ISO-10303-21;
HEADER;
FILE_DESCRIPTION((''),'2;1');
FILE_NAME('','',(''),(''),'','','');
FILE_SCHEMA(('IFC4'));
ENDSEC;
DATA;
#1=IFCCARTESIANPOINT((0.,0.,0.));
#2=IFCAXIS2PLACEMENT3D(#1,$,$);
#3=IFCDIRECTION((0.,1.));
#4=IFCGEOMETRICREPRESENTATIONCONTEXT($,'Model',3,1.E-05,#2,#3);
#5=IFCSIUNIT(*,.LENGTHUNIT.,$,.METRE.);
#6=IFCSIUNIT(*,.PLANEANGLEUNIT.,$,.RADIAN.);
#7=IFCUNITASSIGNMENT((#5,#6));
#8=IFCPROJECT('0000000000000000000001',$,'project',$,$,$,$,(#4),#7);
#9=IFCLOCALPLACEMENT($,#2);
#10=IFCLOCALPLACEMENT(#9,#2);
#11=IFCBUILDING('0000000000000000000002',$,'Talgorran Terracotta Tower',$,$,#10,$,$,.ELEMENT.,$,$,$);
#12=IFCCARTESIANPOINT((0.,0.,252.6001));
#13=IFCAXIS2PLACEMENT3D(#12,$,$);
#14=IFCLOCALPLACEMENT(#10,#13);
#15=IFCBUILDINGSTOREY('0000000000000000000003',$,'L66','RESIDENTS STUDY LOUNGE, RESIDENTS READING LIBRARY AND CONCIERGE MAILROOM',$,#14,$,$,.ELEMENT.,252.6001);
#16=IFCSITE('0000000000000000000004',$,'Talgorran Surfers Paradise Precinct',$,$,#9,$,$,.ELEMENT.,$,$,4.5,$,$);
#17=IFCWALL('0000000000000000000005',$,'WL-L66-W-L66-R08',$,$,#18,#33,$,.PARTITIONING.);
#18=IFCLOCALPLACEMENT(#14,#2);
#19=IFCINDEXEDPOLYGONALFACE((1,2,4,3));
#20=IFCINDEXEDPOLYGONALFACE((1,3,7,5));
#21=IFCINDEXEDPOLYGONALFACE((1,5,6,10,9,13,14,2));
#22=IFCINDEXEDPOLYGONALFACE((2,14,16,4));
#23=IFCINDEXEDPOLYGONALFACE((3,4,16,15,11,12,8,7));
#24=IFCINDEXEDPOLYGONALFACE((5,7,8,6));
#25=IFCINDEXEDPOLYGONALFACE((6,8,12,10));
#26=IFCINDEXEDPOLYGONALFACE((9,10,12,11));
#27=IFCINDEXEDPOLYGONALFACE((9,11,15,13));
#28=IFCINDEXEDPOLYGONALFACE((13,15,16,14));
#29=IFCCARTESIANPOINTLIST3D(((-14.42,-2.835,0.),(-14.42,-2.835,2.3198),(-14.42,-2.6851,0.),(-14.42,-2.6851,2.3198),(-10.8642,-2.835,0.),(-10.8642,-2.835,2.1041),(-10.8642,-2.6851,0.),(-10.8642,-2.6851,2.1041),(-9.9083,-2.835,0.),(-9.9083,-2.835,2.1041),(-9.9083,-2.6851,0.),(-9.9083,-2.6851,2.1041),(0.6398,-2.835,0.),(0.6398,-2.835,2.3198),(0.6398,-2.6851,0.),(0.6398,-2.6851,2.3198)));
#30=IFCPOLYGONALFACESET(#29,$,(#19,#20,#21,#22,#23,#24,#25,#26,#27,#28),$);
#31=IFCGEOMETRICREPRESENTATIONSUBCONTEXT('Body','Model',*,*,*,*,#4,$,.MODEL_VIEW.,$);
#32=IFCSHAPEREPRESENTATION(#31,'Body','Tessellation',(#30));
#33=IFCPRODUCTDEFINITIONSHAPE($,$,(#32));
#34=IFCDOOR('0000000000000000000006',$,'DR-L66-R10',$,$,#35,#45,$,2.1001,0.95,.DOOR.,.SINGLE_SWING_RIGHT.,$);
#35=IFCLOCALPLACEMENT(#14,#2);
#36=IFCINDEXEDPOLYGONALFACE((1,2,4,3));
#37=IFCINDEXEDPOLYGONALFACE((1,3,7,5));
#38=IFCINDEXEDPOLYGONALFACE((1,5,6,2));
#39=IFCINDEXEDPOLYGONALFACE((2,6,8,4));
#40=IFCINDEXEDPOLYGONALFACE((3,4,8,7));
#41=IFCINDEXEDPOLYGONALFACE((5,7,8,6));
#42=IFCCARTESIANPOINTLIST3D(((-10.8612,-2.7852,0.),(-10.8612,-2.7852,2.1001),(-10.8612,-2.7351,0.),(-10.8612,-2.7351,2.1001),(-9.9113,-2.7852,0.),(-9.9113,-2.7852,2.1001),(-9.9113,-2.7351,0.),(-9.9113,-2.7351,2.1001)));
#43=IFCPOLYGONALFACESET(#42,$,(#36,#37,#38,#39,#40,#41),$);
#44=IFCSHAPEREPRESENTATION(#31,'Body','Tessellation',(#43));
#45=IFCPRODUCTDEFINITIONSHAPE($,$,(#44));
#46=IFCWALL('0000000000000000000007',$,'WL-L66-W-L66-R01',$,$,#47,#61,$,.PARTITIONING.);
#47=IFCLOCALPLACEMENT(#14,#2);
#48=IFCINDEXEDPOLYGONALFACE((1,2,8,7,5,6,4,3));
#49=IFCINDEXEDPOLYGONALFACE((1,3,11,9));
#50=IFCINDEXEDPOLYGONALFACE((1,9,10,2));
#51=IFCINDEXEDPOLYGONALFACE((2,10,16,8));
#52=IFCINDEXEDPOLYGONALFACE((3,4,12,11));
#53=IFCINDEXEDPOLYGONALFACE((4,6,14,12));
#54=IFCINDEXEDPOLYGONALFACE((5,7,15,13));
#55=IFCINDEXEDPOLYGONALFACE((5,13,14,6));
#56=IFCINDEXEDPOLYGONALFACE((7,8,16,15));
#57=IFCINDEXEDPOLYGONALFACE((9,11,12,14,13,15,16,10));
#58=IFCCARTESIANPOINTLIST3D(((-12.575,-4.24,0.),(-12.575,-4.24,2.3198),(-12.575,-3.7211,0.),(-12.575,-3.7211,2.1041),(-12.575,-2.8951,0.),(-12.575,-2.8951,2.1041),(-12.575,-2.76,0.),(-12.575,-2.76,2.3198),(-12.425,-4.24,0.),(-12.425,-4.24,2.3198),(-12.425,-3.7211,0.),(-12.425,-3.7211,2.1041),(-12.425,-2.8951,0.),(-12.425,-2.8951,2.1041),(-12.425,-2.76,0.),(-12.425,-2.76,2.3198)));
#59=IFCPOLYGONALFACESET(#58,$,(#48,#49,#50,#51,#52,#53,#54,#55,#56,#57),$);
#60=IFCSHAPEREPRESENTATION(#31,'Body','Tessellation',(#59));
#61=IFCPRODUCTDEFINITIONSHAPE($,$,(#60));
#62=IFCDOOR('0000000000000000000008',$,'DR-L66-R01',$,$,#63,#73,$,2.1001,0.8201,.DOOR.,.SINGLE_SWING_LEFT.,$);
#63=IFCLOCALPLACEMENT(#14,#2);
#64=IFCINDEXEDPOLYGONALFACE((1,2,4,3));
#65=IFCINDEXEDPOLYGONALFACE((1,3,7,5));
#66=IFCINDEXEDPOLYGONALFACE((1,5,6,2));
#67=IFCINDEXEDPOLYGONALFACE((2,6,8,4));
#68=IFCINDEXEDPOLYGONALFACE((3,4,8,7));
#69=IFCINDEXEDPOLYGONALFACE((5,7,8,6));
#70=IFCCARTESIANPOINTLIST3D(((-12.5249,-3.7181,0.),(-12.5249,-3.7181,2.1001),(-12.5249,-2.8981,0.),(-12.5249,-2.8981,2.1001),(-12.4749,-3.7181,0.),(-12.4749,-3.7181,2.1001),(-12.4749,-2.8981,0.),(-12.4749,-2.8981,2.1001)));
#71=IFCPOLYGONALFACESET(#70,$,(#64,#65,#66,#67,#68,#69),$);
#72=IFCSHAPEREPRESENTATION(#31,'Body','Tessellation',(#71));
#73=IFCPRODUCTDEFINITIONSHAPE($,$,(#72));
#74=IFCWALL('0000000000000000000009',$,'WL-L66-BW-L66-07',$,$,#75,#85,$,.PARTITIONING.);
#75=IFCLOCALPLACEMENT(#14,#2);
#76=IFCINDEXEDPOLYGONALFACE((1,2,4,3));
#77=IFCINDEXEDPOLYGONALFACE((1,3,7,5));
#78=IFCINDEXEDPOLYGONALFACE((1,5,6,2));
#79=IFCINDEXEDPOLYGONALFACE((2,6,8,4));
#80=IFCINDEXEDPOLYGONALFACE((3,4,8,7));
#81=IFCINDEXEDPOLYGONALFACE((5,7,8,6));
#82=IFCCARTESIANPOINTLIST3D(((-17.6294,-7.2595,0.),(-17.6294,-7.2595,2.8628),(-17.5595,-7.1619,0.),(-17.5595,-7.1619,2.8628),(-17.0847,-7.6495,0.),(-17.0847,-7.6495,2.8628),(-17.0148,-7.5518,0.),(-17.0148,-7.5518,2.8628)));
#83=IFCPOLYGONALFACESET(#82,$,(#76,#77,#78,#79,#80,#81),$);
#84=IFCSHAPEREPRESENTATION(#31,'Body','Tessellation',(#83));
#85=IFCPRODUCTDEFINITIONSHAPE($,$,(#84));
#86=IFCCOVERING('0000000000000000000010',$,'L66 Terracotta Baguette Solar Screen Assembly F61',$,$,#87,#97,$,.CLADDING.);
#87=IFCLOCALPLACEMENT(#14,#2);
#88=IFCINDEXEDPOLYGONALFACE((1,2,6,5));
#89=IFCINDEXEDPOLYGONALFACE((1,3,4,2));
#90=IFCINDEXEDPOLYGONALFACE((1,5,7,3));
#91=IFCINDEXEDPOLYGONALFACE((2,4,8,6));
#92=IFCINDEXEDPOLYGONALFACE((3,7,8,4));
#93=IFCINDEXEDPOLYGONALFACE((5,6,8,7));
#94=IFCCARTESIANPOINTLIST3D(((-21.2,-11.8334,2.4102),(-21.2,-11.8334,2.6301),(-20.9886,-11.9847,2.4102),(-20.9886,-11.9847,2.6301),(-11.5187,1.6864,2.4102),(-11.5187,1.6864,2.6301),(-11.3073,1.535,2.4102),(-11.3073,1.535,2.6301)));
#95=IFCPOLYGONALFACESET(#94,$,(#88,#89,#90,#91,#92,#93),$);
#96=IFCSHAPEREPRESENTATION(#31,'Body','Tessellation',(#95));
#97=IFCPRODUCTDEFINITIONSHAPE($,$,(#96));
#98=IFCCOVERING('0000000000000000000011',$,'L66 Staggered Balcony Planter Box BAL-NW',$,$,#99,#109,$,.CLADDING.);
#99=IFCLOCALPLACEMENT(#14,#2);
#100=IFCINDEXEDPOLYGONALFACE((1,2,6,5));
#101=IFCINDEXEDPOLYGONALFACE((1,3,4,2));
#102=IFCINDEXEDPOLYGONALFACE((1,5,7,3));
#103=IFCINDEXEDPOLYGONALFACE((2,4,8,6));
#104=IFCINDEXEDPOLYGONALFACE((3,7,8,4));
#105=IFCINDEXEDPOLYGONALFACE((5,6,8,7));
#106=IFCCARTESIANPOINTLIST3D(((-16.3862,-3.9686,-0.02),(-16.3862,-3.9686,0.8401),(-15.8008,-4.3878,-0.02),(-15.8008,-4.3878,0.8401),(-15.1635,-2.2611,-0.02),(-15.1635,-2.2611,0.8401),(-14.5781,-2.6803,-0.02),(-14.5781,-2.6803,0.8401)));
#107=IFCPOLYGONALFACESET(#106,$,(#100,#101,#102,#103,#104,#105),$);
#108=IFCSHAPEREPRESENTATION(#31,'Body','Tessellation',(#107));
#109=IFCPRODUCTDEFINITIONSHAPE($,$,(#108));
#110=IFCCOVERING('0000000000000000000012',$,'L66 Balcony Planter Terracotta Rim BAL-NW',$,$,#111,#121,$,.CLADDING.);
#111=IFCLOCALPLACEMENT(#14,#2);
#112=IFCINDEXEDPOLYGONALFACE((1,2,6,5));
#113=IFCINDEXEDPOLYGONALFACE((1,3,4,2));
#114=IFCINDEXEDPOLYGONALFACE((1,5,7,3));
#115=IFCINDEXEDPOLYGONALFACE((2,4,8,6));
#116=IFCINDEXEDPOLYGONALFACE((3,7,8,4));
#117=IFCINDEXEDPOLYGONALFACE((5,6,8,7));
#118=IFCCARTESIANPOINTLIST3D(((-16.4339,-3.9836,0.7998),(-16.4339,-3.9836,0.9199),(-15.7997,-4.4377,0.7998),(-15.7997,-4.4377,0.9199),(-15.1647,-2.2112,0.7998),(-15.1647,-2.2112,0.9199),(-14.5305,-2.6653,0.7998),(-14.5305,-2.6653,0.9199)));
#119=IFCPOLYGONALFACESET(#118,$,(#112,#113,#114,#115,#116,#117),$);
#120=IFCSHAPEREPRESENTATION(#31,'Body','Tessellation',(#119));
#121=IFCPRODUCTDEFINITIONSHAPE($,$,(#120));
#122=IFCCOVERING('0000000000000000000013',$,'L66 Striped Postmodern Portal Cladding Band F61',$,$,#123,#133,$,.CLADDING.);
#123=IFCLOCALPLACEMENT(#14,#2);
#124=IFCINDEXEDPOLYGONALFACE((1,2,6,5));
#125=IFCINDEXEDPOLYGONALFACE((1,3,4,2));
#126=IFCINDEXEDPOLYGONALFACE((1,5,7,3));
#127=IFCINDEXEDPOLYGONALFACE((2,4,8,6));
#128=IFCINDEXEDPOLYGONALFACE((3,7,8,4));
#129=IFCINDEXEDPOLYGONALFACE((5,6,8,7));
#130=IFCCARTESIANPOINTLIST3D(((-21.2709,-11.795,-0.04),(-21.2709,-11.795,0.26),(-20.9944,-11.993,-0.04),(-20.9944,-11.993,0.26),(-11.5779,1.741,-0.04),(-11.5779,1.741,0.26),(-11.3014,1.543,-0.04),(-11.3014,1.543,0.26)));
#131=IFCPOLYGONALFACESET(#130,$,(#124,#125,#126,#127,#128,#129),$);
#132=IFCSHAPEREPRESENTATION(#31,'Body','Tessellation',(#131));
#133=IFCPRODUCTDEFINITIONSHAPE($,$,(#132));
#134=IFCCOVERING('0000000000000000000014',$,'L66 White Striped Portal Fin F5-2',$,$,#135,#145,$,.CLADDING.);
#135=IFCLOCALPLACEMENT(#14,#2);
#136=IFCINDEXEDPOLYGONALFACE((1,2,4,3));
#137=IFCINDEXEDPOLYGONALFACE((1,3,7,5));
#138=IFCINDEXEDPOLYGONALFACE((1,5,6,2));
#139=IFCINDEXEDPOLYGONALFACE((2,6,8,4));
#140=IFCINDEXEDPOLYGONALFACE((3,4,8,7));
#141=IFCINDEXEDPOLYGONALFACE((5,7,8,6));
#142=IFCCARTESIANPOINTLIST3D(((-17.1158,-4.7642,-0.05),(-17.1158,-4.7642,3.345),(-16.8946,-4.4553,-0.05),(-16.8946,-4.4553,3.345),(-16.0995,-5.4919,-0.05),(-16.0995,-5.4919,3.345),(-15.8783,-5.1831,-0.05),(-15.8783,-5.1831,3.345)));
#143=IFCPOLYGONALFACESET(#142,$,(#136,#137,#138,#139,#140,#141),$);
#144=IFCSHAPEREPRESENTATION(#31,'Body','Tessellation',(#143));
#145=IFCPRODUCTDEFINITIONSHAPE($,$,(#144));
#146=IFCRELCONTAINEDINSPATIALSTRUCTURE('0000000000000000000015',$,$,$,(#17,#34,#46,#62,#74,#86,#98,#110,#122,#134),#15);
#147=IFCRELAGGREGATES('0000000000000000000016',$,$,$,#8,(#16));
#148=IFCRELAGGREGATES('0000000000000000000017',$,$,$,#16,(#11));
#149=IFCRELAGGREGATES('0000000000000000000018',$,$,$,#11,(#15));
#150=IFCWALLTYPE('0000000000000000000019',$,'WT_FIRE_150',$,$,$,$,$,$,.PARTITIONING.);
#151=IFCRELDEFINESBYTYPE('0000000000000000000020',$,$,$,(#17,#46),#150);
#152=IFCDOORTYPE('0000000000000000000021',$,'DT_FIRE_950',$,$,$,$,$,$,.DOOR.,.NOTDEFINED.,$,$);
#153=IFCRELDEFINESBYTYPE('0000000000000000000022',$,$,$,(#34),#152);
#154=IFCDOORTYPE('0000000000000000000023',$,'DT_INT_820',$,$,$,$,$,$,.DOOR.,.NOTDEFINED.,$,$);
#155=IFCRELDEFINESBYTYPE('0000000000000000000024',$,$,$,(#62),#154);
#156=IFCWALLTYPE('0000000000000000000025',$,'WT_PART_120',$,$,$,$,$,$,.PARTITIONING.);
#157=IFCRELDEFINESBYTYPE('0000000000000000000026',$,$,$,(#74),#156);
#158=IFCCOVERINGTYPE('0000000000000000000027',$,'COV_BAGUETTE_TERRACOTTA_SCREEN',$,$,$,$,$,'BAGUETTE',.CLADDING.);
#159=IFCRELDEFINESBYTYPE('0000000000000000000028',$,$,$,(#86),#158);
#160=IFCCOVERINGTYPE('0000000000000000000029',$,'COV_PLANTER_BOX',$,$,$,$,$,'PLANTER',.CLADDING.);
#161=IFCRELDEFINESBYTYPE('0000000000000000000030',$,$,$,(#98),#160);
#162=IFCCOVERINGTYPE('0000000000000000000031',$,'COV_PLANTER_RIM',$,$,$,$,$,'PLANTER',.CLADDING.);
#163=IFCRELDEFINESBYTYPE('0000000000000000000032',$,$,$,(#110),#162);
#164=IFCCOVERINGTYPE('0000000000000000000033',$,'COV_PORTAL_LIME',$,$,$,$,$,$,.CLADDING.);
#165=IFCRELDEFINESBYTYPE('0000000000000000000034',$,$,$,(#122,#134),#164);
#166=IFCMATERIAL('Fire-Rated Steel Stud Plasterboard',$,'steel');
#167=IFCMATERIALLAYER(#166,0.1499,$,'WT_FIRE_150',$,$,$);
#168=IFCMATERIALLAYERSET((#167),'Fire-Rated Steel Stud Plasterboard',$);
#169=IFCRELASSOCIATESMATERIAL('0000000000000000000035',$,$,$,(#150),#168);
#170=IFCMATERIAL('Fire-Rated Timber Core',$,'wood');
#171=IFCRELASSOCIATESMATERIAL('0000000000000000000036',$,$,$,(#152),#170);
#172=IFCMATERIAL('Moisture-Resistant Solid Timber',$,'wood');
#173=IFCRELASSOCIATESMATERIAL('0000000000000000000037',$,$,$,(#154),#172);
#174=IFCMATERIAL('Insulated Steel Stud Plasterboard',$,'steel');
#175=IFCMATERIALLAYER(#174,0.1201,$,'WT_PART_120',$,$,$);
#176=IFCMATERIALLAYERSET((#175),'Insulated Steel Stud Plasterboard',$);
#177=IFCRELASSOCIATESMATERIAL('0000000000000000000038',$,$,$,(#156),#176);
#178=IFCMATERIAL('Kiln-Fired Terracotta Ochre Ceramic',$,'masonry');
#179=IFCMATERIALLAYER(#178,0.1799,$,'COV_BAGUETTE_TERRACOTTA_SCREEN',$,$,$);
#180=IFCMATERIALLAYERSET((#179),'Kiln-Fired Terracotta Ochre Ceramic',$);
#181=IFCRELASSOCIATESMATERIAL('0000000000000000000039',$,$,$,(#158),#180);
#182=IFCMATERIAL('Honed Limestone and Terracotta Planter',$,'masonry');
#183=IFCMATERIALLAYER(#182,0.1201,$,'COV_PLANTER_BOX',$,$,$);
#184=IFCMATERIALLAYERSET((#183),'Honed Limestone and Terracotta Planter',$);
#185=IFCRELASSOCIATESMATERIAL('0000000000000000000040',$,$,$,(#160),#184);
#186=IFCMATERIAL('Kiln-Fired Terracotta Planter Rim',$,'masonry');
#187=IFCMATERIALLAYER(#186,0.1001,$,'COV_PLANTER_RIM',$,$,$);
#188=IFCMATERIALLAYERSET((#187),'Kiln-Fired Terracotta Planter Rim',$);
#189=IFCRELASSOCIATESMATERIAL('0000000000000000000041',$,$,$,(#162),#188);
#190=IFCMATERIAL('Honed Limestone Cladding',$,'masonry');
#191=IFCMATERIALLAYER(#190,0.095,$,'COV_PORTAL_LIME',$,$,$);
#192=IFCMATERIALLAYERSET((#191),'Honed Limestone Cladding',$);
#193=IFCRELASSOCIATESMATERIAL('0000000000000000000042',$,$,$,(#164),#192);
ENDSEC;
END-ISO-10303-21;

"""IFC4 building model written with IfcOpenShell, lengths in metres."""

from ifc_helpers import new_model, si_unit, direction, frame, frame_2d, origin, origin_2d, place, context, subcontext, project, spatial, rectangle, extrude, material, layer, layer_set, type_object, element, fill, save


model = new_model("IFC4")

# Units and contexts
model_context = context("Model", 3, precision=1e-05, world=origin(), true_north=direction((0.0, 1.0)))
body_context = subcontext(model_context, "Body", "Model", "MODEL_VIEW")
ifc_project = project(units=[si_unit("LENGTHUNIT", "METRE"), si_unit("PLANEANGLEUNIT", "RADIAN")], contexts=[model_context])

# Site, building, storey
site_placement = place(None, origin())
site = spatial("IfcSite", under=ifc_project, at=site_placement, Name="Talgorran Surfers Paradise Precinct", CompositionType="ELEMENT", RefElevation=4.5)
building_placement = place(site_placement, origin())
building = spatial("IfcBuilding", under=site, at=building_placement, Name="Talgorran Terracotta Tower", CompositionType="ELEMENT")
storey_placement = place(building_placement, frame((0.0, 0.0, 252.6001)))
storey = spatial("IfcBuildingStorey", under=building, at=storey_placement, Name="L66", Description="RESIDENTS STUDY LOUNGE, RESIDENTS READING LIBRARY AND CONCIERGE MAILROOM", CompositionType="ELEMENT", Elevation=252.6001)

# Walls, openings, doors
ifc_material_1 = material(Name="Fire-Rated Steel Stud Plasterboard", Category="steel")
ifc_layer_1 = layer(ifc_material_1, 0.1499, Name="WT_FIRE_150")
ifc_layer_set_1 = layer_set([ifc_layer_1], Name="Fire-Rated Steel Stud Plasterboard")
wall_type_1 = type_object("IfcWallType", Name="WT_FIRE_150", PredefinedType="PARTITIONING", material=ifc_layer_set_1)
wall_1_placement = place(storey_placement, frame((-14.4199, -2.76, 0.0), z_axis=(0.0, 0.0, 1.0), x_axis=(1.0, 0.0, 0.0)))
wall_1 = element("IfcWall", 1, at=wall_1_placement, inside=storey, type_object=wall_type_1, Name="WL-L66-W-L66-R08", PredefinedType="PARTITIONING", context=body_context, shape_type="SweptSolid", body=[
    extrude(rectangle(XDim=15.0598, YDim=0.1499, at=frame_2d((7.5298, 0.0))), origin(), (0.0, 0.0, 1.0), 2.3198),
])
opening_1_placement = place(wall_1_placement, frame((3.5586, 0.0, 0.0)))
opening_1 = element("IfcOpeningElement", 2, at=opening_1_placement, cuts=wall_1, PredefinedType="OPENING", context=body_context, shape_type="SweptSolid", body=[
    extrude(rectangle(XDim=0.956, YDim=2.1041, at=frame_2d((0.4751, 1.052))), frame((0.0, 0.085, 0.0), z_axis=(0.0, -1.0, 0.0), x_axis=(1.0, 0.0, 0.0)), (0.0, 0.0, 1.0), 0.1699),
])
ifc_material_2 = material(Name="Fire-Rated Timber Core", Category="wood")
door_type_1 = type_object("IfcDoorType", Name="DT_FIRE_950", OperationType="NOTDEFINED", PredefinedType="DOOR", material=ifc_material_2)
door_1_placement = place(opening_1_placement, origin())
door_1 = element("IfcDoor", 3, at=door_1_placement, inside=storey, type_object=door_type_1, Name="DR-L66-R10", OperationType="SINGLE_SWING_RIGHT", OverallHeight=2.1001, OverallWidth=0.95, PredefinedType="DOOR", context=body_context, shape_type="SweptSolid", body=[
    extrude(rectangle(XDim=0.95, YDim=2.1001, at=frame_2d((0.4751, 1.05))), frame((0.0, 0.0249, 0.0), z_axis=(0.0, -1.0, 0.0), x_axis=(1.0, 0.0, 0.0)), (0.0, 0.0, 1.0), 0.05),
])
fill(opening_1, door_1)
wall_2_placement = place(storey_placement, frame((-12.5, -4.24, 0.0), z_axis=(0.0, 0.0, 1.0), x_axis=(0.0, 1.0, 0.0)))
wall_2 = element("IfcWall", 4, at=wall_2_placement, inside=storey, type_object=wall_type_1, Name="WL-L66-W-L66-R01", PredefinedType="PARTITIONING", context=body_context, shape_type="SweptSolid", body=[
    extrude(rectangle(XDim=1.48, YDim=0.1499, at=frame_2d((0.74, 0.0))), origin(), (0.0, 0.0, 1.0), 2.3198),
])
opening_2_placement = place(wall_2_placement, frame((0.5217, 0.0, 0.0)))
opening_2 = element("IfcOpeningElement", 5, at=opening_2_placement, cuts=wall_2, PredefinedType="OPENING", context=body_context, shape_type="SweptSolid", body=[
    extrude(rectangle(XDim=0.8261, YDim=2.1041, at=frame_2d((0.4102, 1.052))), frame((0.0, 0.085, 0.0), z_axis=(0.0, -1.0, 0.0), x_axis=(1.0, 0.0, 0.0)), (0.0, 0.0, 1.0), 0.1699),
])
ifc_material_3 = material(Name="Moisture-Resistant Solid Timber", Category="wood")
door_type_2 = type_object("IfcDoorType", Name="DT_INT_820", OperationType="NOTDEFINED", PredefinedType="DOOR", material=ifc_material_3)
door_2_placement = place(opening_2_placement, origin())
door_2 = element("IfcDoor", 6, at=door_2_placement, inside=storey, type_object=door_type_2, Name="DR-L66-R01", OperationType="SINGLE_SWING_LEFT", OverallHeight=2.1001, OverallWidth=0.8201, PredefinedType="DOOR", context=body_context, shape_type="SweptSolid", body=[
    extrude(rectangle(XDim=0.8201, YDim=2.1001, at=frame_2d((0.4102, 1.05))), frame((0.0, 0.0249, 0.0), z_axis=(0.0, -1.0, 0.0), x_axis=(1.0, 0.0, 0.0)), (0.0, 0.0, 1.0), 0.05),
])
fill(opening_2, door_2)

# Wall
ifc_material_4 = material(Name="Insulated Steel Stud Plasterboard", Category="steel")
ifc_layer_2 = layer(ifc_material_4, 0.1201, Name="WT_PART_120")
ifc_layer_set_2 = layer_set([ifc_layer_2], Name="Insulated Steel Stud Plasterboard")
wall_type_2 = type_object("IfcWallType", Name="WT_PART_120", PredefinedType="PARTITIONING", material=ifc_layer_set_2)
wall_3_placement = place(storey_placement, frame((-17.5945, -7.2107, 0.0), z_axis=(0.0, 0.0, 1.0), x_axis=(0.813142, -0.582065, 0.0)))
element("IfcWall", 7, at=wall_3_placement, inside=storey, type_object=wall_type_2, Name="WL-L66-BW-L66-07", PredefinedType="PARTITIONING", context=body_context, shape_type="SweptSolid", body=[
    extrude(rectangle(XDim=0.6699, YDim=0.1201, at=frame_2d((0.335, 0.0))), origin(), (0.0, 0.0, 1.0), 2.8628),
])

# Coverings
ifc_material_5 = material(Name="Kiln-Fired Terracotta Ochre Ceramic", Category="masonry")
ifc_layer_3 = layer(ifc_material_5, 0.1799, Name="COV_BAGUETTE_TERRACOTTA_SCREEN")
ifc_layer_set_3 = layer_set([ifc_layer_3], Name="Kiln-Fired Terracotta Ochre Ceramic")
covering_type_1 = type_object("IfcCoveringType", Name="COV_BAGUETTE_TERRACOTTA_SCREEN", ElementType="BAGUETTE", PredefinedType="CLADDING", material=ifc_layer_set_3)
covering_1_placement = place(storey_placement, frame((-16.2537, -5.1492, 2.4102), z_axis=(0.0, 0.0, 1.0), x_axis=(-0.582208, -0.81304, 0.0)))
element("IfcCovering", 8, at=covering_1_placement, inside=storey, type_object=covering_type_1, Name="L66 Terracotta Baguette Solar Screen Assembly F61", PredefinedType="CLADDING", context=body_context, shape_type="SweptSolid", body=[
    extrude(rectangle(XDim=16.6287, YDim=0.26, at=origin_2d()), origin(), (0.0, 0.0, 1.0), 0.22),
])
ifc_material_6 = material(Name="Honed Limestone and Terracotta Planter", Category="masonry")
ifc_layer_4 = layer(ifc_material_6, 0.1201, Name="COV_PLANTER_BOX")
ifc_layer_set_4 = layer_set([ifc_layer_4], Name="Honed Limestone and Terracotta Planter")
covering_type_2 = type_object("IfcCoveringType", Name="COV_PLANTER_BOX", ElementType="PLANTER", PredefinedType="CLADDING", material=ifc_layer_set_4)
covering_2_placement = place(storey_placement, frame((-15.4822, -3.3245, -0.02), z_axis=(0.0, 0.0, 1.0), x_axis=(-0.582208, -0.81304, 0.0)))
element("IfcCovering", 9, at=covering_2_placement, inside=storey, type_object=covering_type_2, Name="L66 Staggered Balcony Planter Box BAL-NW", PredefinedType="CLADDING", context=body_context, shape_type="SweptSolid", body=[
    extrude(rectangle(XDim=2.1001, YDim=0.72, at=origin_2d()), origin(), (0.0, 0.0, 1.0), 0.8601),
])
ifc_material_7 = material(Name="Kiln-Fired Terracotta Planter Rim", Category="masonry")
ifc_layer_5 = layer(ifc_material_7, 0.1001, Name="COV_PLANTER_RIM")
ifc_layer_set_5 = layer_set([ifc_layer_5], Name="Kiln-Fired Terracotta Planter Rim")
covering_type_3 = type_object("IfcCoveringType", Name="COV_PLANTER_RIM", ElementType="PLANTER", PredefinedType="CLADDING", material=ifc_layer_set_5)
covering_3_placement = place(storey_placement, frame((-15.4822, -3.3245, 0.7998), z_axis=(0.0, 0.0, 1.0), x_axis=(-0.582208, -0.81304, 0.0)))
element("IfcCovering", 10, at=covering_3_placement, inside=storey, type_object=covering_type_3, Name="L66 Balcony Planter Terracotta Rim BAL-NW", PredefinedType="CLADDING", context=body_context, shape_type="SweptSolid", body=[
    extrude(rectangle(XDim=2.1799, YDim=0.78, at=origin_2d()), origin(), (0.0, 0.0, 1.0), 0.1201),
])
ifc_material_8 = material(Name="Honed Limestone Cladding", Category="masonry")
ifc_layer_6 = layer(ifc_material_8, 0.095, Name="COV_PORTAL_LIME")
ifc_layer_set_6 = layer_set([ifc_layer_6], Name="Honed Limestone Cladding")
covering_type_4 = type_object("IfcCoveringType", Name="COV_PORTAL_LIME", PredefinedType="CLADDING", material=ifc_layer_set_6)
covering_4_placement = place(storey_placement, frame((-16.2861, -5.126, -0.04), z_axis=(0.0, 0.0, 1.0), x_axis=(-0.582208, -0.81304, 0.0)))
element("IfcCovering", 11, at=covering_4_placement, inside=storey, type_object=covering_type_4, Name="L66 Striped Postmodern Portal Cladding Band F61", PredefinedType="CLADDING", context=body_context, shape_type="SweptSolid", body=[
    extrude(rectangle(XDim=16.6487, YDim=0.3401, at=origin_2d()), origin(), (0.0, 0.0, 1.0), 0.3),
])
covering_5_placement = place(storey_placement, frame((-16.4971, -4.9736, -0.05), z_axis=(0.0, 0.0, 1.0), x_axis=(-0.582208, -0.81304, 0.0)))
element("IfcCovering", 12, at=covering_5_placement, inside=storey, type_object=covering_type_4, Name="L66 White Striped Portal Fin F5-2", PredefinedType="CLADDING", context=body_context, shape_type="SweptSolid", body=[
    extrude(rectangle(XDim=0.3799, YDim=1.25, at=origin_2d()), origin(), (0.0, 0.0, 1.0), 3.395),
])

save(model, "model.ifc")
